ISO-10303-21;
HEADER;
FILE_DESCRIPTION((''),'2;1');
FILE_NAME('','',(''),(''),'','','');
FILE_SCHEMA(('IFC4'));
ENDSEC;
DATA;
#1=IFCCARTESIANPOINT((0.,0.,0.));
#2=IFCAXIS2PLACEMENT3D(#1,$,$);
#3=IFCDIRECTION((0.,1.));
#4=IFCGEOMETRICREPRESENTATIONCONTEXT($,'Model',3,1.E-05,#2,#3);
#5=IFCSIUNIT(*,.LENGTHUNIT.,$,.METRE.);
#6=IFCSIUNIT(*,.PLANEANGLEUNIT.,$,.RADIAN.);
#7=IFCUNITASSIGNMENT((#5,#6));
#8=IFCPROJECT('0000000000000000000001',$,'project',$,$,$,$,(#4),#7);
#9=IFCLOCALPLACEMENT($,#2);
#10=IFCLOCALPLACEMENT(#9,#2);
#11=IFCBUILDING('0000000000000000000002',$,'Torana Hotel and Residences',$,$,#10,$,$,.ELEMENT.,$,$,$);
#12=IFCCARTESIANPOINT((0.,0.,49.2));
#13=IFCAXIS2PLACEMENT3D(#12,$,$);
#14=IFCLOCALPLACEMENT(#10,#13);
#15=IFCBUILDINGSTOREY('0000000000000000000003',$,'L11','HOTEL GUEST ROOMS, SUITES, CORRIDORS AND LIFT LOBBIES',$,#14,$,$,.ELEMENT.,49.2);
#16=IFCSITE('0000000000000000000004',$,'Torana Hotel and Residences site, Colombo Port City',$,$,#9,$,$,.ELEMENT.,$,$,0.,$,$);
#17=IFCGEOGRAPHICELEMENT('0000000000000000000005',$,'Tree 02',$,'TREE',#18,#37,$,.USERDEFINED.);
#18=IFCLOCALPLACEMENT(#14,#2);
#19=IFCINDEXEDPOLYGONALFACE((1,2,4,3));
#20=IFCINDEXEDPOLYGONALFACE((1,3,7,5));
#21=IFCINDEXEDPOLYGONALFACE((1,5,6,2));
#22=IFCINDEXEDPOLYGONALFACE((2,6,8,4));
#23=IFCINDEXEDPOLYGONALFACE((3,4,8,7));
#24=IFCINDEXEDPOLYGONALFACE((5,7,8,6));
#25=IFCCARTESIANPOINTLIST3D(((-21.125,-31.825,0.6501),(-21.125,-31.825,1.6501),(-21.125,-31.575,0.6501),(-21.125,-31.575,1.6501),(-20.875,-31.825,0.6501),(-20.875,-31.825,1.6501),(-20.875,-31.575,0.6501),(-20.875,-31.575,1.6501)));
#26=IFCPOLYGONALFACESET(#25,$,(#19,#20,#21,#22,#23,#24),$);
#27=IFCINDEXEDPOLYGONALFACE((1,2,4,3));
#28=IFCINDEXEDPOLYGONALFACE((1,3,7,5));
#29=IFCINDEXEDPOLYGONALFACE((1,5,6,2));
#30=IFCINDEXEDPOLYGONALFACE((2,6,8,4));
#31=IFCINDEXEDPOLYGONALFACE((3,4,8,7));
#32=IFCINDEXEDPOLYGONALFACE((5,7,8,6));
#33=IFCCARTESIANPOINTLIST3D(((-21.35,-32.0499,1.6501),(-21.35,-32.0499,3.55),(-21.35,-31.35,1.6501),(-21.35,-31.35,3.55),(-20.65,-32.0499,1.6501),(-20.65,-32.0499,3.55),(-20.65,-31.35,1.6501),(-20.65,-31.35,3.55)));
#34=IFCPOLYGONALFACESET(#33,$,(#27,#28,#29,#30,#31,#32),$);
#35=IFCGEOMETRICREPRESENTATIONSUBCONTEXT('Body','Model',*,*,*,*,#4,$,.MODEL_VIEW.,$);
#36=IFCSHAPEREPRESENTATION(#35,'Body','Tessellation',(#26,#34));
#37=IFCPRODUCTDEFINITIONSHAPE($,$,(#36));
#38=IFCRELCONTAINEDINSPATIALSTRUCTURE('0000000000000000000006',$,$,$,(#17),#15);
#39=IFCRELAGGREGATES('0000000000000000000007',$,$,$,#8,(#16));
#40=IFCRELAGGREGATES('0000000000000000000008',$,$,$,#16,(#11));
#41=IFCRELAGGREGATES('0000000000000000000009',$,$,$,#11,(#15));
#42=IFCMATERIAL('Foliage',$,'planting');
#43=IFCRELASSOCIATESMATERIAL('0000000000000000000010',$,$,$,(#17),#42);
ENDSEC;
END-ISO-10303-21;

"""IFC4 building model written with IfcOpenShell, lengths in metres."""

from ifc_helpers import new_model, si_unit, direction, frame, origin, origin_2d, place, context, subcontext, project, spatial, rectangle, extrude, material, element, save


model = new_model("IFC4")

# Units and contexts
model_context = context("Model", 3, precision=1e-05, world=origin(), true_north=direction((0.0, 1.0)))
body_context = subcontext(model_context, "Body", "Model", "MODEL_VIEW")
ifc_project = project(units=[si_unit("LENGTHUNIT", "METRE"), si_unit("PLANEANGLEUNIT", "RADIAN")], contexts=[model_context])

# Site, building, storey
site_placement = place(None, origin())
site = spatial("IfcSite", under=ifc_project, at=site_placement, Name="Torana Hotel and Residences site, Colombo Port City", CompositionType="ELEMENT", RefElevation=0.0)
building_placement = place(site_placement, origin())
building = spatial("IfcBuilding", under=site, at=building_placement, Name="Torana Hotel and Residences", CompositionType="ELEMENT")
storey_placement = place(building_placement, frame((0.0, 0.0, 49.2)))
storey = spatial("IfcBuildingStorey", under=building, at=storey_placement, Name="L11", Description="HOTEL GUEST ROOMS, SUITES, CORRIDORS AND LIFT LOBBIES", CompositionType="ELEMENT", Elevation=49.2)

# Geographic element
ifc_material_1 = material(Name="Foliage", Category="planting")
geographic_element_placement = place(storey_placement, frame((-21.0, -31.7, 0.6501), z_axis=(0.0, 0.0, 1.0), x_axis=(1.0, 0.0, 0.0)))
element("IfcGeographicElement", 1, at=geographic_element_placement, inside=storey, material=ifc_material_1, Name="Tree 02", ObjectType="TREE", PredefinedType="USERDEFINED", context=body_context, shape_type="SweptSolid", body=[
    extrude(rectangle(XDim=0.25, YDim=0.25, at=origin_2d()), origin(), (0.0, 0.0, 1.0), 1.0),
    extrude(rectangle(XDim=0.7, YDim=0.7, at=origin_2d()), frame((0.0, 0.0, 1.0)), (0.0, 0.0, 1.0), 1.8999),
])

save(model, "model.ifc")
